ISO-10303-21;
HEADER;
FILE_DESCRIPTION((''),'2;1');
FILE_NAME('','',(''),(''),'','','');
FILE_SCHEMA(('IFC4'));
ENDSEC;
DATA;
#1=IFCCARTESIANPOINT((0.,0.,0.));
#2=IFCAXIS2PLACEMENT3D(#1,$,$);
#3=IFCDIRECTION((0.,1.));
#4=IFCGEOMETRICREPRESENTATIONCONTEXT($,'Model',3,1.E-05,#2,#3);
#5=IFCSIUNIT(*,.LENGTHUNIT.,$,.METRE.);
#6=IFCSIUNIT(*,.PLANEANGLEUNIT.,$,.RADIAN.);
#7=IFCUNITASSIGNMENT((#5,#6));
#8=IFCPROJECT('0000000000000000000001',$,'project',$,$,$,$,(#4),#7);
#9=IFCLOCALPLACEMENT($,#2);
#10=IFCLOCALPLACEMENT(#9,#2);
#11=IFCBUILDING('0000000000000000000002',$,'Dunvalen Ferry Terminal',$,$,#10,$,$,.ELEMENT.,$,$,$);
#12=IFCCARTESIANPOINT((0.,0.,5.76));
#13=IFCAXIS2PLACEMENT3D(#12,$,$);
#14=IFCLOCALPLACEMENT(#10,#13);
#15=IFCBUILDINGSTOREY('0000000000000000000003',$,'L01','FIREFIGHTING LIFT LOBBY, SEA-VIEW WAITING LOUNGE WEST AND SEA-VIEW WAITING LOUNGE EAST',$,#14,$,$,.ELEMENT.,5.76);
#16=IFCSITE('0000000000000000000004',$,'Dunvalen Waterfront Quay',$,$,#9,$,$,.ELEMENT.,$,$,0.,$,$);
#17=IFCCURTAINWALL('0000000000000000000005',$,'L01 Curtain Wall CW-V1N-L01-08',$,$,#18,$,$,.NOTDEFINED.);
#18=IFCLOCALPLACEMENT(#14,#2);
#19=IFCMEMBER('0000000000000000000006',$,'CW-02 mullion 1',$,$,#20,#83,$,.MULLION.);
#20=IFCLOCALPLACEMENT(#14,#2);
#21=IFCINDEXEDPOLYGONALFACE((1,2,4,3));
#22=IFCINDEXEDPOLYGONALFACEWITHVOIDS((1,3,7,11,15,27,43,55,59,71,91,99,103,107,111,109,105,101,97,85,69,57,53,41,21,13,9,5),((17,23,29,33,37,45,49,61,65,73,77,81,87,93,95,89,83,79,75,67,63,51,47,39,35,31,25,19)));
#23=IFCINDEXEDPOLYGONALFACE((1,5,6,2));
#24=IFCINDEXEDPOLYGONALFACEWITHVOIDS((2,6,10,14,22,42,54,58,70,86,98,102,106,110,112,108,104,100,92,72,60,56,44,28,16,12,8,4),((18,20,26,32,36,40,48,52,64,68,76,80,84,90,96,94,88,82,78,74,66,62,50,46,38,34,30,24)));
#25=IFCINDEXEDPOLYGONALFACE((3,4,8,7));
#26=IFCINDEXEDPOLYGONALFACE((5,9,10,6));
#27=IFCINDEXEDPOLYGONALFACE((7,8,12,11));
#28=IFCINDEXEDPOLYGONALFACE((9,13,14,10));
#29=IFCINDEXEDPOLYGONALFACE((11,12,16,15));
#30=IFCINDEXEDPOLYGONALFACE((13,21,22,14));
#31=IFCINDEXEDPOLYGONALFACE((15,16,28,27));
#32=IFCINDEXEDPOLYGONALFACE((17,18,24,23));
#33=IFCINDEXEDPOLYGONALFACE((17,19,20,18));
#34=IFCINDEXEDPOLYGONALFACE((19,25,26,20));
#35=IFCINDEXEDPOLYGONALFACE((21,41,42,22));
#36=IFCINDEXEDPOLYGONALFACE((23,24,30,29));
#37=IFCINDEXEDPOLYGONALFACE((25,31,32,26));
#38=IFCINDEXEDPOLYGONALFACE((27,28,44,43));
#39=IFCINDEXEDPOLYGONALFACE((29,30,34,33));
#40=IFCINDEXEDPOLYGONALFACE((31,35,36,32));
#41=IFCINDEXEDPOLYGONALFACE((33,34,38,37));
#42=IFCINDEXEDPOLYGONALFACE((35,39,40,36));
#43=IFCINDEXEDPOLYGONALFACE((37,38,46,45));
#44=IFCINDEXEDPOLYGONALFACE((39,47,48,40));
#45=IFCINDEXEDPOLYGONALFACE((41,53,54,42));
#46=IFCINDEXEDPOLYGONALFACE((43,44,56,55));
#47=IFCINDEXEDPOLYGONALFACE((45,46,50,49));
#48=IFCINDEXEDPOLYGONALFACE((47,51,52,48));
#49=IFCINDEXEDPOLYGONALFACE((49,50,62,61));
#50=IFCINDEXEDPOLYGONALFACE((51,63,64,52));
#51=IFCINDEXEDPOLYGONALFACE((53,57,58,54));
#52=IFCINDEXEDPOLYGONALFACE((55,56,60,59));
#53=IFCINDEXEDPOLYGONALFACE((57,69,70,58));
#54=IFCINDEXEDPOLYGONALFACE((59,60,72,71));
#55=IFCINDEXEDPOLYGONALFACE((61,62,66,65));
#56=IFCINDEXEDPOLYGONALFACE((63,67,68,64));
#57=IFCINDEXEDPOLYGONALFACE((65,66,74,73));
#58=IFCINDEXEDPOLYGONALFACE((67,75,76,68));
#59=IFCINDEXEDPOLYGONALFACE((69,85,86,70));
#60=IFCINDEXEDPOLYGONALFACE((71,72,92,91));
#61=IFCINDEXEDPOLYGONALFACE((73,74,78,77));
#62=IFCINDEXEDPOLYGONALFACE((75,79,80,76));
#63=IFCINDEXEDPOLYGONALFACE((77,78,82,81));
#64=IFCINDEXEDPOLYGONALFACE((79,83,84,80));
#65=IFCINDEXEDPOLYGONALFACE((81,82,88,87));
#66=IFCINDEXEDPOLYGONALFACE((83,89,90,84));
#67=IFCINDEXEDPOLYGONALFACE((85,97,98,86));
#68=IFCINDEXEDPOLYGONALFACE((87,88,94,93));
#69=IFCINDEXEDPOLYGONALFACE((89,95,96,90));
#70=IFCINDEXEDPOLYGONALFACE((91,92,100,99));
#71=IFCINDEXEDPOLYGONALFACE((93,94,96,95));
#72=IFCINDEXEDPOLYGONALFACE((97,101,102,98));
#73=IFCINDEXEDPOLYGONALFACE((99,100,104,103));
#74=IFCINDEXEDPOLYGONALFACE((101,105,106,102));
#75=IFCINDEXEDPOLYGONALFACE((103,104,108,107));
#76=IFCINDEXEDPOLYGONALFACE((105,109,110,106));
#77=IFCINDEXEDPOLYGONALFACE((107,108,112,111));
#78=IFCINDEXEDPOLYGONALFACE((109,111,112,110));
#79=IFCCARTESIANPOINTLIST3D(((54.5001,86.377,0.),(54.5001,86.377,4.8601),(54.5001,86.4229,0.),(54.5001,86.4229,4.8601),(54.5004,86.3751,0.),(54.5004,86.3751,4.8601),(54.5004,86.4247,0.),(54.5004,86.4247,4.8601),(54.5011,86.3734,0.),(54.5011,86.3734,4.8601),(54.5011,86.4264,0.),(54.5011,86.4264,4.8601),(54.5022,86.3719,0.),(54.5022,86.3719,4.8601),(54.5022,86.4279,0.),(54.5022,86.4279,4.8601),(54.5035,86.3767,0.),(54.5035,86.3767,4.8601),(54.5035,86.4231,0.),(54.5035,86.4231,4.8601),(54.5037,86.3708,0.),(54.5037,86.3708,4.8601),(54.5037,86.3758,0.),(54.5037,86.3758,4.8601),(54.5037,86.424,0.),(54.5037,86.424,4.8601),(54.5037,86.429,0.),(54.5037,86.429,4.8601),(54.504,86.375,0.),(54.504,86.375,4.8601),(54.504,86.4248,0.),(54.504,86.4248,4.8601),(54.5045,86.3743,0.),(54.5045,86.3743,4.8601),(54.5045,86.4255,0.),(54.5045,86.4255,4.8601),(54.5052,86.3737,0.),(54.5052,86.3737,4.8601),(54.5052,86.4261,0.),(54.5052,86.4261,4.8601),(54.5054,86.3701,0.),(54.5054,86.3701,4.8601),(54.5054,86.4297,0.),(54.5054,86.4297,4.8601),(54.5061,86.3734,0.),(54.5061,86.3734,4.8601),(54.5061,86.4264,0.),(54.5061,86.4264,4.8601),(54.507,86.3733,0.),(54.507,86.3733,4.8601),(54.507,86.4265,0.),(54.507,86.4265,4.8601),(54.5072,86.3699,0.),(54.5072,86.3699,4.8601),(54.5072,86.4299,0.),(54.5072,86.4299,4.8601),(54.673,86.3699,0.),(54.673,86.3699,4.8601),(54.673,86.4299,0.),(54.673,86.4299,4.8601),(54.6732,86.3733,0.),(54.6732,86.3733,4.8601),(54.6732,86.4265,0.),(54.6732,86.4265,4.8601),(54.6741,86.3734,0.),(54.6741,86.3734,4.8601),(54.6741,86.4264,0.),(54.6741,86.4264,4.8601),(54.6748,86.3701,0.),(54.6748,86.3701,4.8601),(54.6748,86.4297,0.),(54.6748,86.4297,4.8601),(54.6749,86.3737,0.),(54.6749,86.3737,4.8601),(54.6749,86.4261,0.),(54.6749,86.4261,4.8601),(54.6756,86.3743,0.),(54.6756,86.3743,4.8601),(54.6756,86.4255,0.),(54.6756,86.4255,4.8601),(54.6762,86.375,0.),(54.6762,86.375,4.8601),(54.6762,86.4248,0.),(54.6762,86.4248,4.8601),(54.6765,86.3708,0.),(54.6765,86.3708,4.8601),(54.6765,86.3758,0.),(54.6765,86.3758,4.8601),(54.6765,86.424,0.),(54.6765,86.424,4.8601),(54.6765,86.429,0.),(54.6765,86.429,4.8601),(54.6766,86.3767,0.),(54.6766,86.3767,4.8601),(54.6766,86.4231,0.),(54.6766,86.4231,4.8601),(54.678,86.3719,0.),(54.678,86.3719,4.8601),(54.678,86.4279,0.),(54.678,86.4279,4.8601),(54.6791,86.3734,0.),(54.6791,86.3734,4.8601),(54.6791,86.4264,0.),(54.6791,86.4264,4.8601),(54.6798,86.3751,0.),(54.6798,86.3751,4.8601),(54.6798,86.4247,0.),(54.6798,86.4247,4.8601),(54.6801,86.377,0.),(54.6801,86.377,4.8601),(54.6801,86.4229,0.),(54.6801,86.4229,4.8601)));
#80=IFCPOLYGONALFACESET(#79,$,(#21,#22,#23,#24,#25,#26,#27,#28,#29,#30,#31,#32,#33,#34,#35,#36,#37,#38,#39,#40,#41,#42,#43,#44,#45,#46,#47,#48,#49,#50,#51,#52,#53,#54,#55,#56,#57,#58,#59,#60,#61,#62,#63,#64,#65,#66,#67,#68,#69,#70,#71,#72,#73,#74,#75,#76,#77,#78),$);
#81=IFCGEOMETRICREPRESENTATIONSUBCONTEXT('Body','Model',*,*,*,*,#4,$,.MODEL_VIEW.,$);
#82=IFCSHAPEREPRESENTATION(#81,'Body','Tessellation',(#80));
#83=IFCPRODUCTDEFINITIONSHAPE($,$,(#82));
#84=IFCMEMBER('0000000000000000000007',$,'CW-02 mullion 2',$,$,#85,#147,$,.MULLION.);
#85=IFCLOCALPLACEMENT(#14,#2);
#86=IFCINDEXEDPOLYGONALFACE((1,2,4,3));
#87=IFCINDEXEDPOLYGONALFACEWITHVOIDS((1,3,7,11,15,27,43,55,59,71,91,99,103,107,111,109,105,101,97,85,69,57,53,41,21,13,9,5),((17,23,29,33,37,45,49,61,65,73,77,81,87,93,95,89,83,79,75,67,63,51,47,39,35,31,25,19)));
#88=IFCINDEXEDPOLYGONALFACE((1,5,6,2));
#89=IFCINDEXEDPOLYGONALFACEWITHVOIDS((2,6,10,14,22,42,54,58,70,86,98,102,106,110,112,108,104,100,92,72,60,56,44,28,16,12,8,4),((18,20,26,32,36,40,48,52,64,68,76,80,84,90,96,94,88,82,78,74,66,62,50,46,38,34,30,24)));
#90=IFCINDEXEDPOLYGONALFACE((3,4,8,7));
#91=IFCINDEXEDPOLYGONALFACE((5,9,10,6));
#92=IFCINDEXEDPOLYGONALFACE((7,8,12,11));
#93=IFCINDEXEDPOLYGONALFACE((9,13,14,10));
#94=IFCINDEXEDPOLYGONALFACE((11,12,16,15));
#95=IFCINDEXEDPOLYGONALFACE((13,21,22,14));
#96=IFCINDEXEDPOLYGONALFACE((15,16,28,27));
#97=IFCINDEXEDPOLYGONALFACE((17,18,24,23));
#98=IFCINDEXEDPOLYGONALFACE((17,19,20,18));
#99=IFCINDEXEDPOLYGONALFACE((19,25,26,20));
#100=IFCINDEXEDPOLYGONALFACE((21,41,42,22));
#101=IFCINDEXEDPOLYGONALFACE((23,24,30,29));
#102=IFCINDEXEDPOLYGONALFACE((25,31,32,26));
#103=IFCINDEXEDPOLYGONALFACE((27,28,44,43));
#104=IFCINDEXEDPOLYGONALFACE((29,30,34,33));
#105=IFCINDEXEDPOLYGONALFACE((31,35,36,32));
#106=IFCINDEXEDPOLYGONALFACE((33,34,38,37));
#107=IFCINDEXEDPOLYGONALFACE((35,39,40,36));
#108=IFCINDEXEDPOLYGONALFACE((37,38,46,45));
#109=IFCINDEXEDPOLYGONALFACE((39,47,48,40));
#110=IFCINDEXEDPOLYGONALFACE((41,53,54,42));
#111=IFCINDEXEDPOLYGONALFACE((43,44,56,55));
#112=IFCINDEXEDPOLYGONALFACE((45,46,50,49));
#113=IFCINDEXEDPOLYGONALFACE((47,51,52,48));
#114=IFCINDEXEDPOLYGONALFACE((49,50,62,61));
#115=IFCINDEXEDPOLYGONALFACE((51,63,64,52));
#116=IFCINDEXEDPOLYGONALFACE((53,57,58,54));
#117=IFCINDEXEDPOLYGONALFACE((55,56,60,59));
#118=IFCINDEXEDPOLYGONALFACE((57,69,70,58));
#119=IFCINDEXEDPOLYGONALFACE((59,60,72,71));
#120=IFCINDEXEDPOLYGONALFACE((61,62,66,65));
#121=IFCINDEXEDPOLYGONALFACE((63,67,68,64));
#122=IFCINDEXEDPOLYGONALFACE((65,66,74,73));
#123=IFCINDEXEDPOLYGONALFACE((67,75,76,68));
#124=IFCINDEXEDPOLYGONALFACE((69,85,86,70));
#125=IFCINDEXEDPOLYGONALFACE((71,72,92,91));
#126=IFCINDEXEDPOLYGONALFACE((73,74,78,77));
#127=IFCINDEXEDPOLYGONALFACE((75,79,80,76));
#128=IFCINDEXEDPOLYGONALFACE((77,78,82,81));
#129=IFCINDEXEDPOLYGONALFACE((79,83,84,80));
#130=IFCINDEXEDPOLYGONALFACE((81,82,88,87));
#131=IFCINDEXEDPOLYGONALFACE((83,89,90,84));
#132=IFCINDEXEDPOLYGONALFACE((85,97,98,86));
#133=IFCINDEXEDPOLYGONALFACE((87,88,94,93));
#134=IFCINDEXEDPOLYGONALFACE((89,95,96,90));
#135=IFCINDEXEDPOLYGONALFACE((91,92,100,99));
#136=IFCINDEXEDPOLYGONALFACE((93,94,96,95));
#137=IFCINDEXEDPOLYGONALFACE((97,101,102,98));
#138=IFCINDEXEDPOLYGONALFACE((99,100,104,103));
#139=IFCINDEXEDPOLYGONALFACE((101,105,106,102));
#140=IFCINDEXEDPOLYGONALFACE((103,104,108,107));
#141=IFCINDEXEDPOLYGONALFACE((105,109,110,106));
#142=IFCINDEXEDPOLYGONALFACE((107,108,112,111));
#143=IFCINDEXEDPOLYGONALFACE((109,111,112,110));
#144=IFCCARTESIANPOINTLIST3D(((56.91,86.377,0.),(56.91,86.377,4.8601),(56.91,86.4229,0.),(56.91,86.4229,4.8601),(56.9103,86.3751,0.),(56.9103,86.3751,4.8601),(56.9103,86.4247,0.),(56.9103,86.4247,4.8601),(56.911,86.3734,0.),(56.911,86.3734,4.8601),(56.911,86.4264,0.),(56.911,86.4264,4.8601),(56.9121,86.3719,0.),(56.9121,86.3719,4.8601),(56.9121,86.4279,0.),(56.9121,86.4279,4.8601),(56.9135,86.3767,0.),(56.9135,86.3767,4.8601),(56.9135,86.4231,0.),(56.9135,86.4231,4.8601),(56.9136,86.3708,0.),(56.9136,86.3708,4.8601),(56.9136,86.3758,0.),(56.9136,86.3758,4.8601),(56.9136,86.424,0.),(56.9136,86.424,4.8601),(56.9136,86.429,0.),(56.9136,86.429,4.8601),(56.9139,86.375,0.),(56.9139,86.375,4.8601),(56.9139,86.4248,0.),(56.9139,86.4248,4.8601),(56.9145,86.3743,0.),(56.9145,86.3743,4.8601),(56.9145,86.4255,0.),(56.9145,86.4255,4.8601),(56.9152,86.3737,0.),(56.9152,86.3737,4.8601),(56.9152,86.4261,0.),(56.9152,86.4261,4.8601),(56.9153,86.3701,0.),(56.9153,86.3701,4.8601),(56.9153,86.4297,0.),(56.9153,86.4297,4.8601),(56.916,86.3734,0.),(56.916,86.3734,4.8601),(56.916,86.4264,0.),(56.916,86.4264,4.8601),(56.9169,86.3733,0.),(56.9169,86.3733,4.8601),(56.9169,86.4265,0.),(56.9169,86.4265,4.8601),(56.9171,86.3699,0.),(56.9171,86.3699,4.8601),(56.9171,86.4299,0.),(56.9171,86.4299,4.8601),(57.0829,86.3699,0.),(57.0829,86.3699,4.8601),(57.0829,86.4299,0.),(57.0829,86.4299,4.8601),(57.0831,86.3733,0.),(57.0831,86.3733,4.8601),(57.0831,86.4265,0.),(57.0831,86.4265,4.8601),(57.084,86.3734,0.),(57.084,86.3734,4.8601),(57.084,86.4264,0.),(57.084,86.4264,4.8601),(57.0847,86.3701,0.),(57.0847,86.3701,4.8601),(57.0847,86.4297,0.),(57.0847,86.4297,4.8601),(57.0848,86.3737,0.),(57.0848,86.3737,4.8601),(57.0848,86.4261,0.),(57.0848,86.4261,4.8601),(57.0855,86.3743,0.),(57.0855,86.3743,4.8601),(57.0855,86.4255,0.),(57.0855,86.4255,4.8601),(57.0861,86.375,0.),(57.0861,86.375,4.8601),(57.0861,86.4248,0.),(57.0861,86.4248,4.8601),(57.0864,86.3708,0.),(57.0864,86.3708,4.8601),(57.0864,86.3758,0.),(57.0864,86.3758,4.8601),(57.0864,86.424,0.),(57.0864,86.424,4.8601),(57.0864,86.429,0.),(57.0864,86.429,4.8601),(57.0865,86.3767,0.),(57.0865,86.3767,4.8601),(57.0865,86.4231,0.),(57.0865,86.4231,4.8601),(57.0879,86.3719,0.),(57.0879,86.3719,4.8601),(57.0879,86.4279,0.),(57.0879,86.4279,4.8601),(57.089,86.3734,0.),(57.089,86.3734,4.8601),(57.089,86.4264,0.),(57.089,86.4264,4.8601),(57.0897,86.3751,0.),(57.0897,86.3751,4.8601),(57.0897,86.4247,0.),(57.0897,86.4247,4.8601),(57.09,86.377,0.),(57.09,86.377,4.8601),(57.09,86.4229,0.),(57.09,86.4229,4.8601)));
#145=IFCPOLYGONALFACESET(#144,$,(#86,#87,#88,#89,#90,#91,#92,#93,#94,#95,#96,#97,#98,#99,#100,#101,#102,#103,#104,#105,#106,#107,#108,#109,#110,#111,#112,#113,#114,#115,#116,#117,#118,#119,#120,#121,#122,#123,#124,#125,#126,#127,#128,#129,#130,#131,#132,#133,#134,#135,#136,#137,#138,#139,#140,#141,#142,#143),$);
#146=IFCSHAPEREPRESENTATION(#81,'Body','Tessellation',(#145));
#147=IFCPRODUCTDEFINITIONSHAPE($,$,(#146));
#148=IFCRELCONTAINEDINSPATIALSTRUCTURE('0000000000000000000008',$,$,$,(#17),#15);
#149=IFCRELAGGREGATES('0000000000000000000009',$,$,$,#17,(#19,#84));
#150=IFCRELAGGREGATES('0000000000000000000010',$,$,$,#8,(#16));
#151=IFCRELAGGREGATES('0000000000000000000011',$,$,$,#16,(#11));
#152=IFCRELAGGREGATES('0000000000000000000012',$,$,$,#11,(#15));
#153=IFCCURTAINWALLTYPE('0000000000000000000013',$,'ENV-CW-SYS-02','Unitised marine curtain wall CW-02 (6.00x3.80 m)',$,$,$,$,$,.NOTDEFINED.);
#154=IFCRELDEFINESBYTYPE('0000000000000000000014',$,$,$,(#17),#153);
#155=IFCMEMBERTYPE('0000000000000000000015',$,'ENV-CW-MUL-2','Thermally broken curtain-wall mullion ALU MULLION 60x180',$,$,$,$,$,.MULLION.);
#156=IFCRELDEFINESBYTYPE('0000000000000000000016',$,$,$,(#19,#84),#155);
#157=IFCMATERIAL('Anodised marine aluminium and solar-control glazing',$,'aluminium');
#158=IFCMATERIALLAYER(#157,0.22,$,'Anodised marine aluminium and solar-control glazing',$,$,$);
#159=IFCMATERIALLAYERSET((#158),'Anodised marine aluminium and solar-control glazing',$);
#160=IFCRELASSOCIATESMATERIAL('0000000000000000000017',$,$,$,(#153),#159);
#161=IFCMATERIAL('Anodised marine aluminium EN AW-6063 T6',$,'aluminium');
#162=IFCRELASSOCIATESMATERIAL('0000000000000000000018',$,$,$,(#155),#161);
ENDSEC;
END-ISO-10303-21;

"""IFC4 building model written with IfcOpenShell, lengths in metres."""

from ifc_helpers import new_model, si_unit, direction, frame, origin, origin_2d, place, context, subcontext, project, spatial, hollow_rectangle, extrude, material, layer, layer_set, material_profile, profile_set, type_object, element, aggregate, save


model = new_model("IFC4")

# Units and contexts
model_context = context("Model", 3, precision=1e-05, world=origin(), true_north=direction((0.0, 1.0)))
body_context = subcontext(model_context, "Body", "Model", "MODEL_VIEW")
ifc_project = project(units=[si_unit("LENGTHUNIT", "METRE"), si_unit("PLANEANGLEUNIT", "RADIAN")], contexts=[model_context])

# Site, building, storey
site_placement = place(None, origin())
site = spatial("IfcSite", under=ifc_project, at=site_placement, Name="Dunvalen Waterfront Quay", CompositionType="ELEMENT", RefElevation=0.0)
building_placement = place(site_placement, origin())
building = spatial("IfcBuilding", under=site, at=building_placement, Name="Dunvalen Ferry Terminal", CompositionType="ELEMENT")
storey_placement = place(building_placement, frame((0.0, 0.0, 5.76)))
storey = spatial("IfcBuildingStorey", under=building, at=storey_placement, Name="L01", Description="FIREFIGHTING LIFT LOBBY, SEA-VIEW WAITING LOUNGE WEST AND SEA-VIEW WAITING LOUNGE EAST", CompositionType="ELEMENT", Elevation=5.76)

# Shared definitions
ifc_material_1 = material(Name="Anodised marine aluminium and solar-control glazing", Category="aluminium")
ifc_layer_1 = layer(ifc_material_1, 0.22, Name="Anodised marine aluminium and solar-control glazing")
ifc_layer_set_1 = layer_set([ifc_layer_1], Name="Anodised marine aluminium and solar-control glazing")
curtain_wall_type = type_object("IfcCurtainWallType", Name="ENV-CW-SYS-02", Description="Unitised marine curtain wall CW-02 (6.00x3.80 m)", PredefinedType="NOTDEFINED", material=ifc_layer_set_1)
ifc_material_2 = material(Name="Anodised marine aluminium EN AW-6063 T6", Category="aluminium")
ifc_material_profile_1 = material_profile(ifc_material_2, hollow_rectangle(XDim=0.0601, YDim=0.1799, WallThickness=0.0034, InnerFilletRadius=0.0034, OuterFilletRadius=0.0071, at=origin_2d()), Name="Anodised marine aluminium EN AW-6063 T6")
ifc_profile_set_1 = profile_set([ifc_material_profile_1], Name="Anodised marine aluminium EN AW-6063 T6")
member_type_1 = type_object("IfcMemberType", Name="ENV-CW-MUL-2", Description="Thermally broken curtain-wall mullion ALU MULLION 60x180", PredefinedType="MULLION", material=ifc_profile_set_1)

# Curtain wall, members
curtain_wall_1_placement = place(storey_placement, origin())
curtain_wall_1 = element("IfcCurtainWall", 1, at=curtain_wall_1_placement, inside=storey, type_object=curtain_wall_type, Name="L01 Curtain Wall CW-V1N-L01-08", PredefinedType="NOTDEFINED")
member_1_placement = place(storey_placement, frame((54.5901, 86.3999, 0.0), z_axis=(0.0, 0.0, 1.0), x_axis=(0.0, 1.0, 0.0)))
member_1 = element("IfcMember", 2, at=member_1_placement, type_object=member_type_1, Name="CW-02 mullion 1", PredefinedType="MULLION", context=body_context, shape_type="SweptSolid", body=[
    extrude(hollow_rectangle(XDim=0.0601, YDim=0.1799, WallThickness=0.0034, InnerFilletRadius=0.0034, OuterFilletRadius=0.0071, at=origin_2d()), origin(), (0.0, 0.0, 1.0), 4.8601),
])
member_2_placement = place(storey_placement, frame((57.0, 86.3999, 0.0), z_axis=(0.0, 0.0, 1.0), x_axis=(0.0, 1.0, 0.0)))
member_2 = element("IfcMember", 3, at=member_2_placement, type_object=member_type_1, Name="CW-02 mullion 2", PredefinedType="MULLION", context=body_context, shape_type="SweptSolid", body=[
    extrude(hollow_rectangle(XDim=0.0601, YDim=0.1799, WallThickness=0.0034, InnerFilletRadius=0.0034, OuterFilletRadius=0.0071, at=origin_2d()), origin(), (0.0, 0.0, 1.0), 4.8601),
])

aggregate(curtain_wall_1, [member_1, member_2])

save(model, "model.ifc")
